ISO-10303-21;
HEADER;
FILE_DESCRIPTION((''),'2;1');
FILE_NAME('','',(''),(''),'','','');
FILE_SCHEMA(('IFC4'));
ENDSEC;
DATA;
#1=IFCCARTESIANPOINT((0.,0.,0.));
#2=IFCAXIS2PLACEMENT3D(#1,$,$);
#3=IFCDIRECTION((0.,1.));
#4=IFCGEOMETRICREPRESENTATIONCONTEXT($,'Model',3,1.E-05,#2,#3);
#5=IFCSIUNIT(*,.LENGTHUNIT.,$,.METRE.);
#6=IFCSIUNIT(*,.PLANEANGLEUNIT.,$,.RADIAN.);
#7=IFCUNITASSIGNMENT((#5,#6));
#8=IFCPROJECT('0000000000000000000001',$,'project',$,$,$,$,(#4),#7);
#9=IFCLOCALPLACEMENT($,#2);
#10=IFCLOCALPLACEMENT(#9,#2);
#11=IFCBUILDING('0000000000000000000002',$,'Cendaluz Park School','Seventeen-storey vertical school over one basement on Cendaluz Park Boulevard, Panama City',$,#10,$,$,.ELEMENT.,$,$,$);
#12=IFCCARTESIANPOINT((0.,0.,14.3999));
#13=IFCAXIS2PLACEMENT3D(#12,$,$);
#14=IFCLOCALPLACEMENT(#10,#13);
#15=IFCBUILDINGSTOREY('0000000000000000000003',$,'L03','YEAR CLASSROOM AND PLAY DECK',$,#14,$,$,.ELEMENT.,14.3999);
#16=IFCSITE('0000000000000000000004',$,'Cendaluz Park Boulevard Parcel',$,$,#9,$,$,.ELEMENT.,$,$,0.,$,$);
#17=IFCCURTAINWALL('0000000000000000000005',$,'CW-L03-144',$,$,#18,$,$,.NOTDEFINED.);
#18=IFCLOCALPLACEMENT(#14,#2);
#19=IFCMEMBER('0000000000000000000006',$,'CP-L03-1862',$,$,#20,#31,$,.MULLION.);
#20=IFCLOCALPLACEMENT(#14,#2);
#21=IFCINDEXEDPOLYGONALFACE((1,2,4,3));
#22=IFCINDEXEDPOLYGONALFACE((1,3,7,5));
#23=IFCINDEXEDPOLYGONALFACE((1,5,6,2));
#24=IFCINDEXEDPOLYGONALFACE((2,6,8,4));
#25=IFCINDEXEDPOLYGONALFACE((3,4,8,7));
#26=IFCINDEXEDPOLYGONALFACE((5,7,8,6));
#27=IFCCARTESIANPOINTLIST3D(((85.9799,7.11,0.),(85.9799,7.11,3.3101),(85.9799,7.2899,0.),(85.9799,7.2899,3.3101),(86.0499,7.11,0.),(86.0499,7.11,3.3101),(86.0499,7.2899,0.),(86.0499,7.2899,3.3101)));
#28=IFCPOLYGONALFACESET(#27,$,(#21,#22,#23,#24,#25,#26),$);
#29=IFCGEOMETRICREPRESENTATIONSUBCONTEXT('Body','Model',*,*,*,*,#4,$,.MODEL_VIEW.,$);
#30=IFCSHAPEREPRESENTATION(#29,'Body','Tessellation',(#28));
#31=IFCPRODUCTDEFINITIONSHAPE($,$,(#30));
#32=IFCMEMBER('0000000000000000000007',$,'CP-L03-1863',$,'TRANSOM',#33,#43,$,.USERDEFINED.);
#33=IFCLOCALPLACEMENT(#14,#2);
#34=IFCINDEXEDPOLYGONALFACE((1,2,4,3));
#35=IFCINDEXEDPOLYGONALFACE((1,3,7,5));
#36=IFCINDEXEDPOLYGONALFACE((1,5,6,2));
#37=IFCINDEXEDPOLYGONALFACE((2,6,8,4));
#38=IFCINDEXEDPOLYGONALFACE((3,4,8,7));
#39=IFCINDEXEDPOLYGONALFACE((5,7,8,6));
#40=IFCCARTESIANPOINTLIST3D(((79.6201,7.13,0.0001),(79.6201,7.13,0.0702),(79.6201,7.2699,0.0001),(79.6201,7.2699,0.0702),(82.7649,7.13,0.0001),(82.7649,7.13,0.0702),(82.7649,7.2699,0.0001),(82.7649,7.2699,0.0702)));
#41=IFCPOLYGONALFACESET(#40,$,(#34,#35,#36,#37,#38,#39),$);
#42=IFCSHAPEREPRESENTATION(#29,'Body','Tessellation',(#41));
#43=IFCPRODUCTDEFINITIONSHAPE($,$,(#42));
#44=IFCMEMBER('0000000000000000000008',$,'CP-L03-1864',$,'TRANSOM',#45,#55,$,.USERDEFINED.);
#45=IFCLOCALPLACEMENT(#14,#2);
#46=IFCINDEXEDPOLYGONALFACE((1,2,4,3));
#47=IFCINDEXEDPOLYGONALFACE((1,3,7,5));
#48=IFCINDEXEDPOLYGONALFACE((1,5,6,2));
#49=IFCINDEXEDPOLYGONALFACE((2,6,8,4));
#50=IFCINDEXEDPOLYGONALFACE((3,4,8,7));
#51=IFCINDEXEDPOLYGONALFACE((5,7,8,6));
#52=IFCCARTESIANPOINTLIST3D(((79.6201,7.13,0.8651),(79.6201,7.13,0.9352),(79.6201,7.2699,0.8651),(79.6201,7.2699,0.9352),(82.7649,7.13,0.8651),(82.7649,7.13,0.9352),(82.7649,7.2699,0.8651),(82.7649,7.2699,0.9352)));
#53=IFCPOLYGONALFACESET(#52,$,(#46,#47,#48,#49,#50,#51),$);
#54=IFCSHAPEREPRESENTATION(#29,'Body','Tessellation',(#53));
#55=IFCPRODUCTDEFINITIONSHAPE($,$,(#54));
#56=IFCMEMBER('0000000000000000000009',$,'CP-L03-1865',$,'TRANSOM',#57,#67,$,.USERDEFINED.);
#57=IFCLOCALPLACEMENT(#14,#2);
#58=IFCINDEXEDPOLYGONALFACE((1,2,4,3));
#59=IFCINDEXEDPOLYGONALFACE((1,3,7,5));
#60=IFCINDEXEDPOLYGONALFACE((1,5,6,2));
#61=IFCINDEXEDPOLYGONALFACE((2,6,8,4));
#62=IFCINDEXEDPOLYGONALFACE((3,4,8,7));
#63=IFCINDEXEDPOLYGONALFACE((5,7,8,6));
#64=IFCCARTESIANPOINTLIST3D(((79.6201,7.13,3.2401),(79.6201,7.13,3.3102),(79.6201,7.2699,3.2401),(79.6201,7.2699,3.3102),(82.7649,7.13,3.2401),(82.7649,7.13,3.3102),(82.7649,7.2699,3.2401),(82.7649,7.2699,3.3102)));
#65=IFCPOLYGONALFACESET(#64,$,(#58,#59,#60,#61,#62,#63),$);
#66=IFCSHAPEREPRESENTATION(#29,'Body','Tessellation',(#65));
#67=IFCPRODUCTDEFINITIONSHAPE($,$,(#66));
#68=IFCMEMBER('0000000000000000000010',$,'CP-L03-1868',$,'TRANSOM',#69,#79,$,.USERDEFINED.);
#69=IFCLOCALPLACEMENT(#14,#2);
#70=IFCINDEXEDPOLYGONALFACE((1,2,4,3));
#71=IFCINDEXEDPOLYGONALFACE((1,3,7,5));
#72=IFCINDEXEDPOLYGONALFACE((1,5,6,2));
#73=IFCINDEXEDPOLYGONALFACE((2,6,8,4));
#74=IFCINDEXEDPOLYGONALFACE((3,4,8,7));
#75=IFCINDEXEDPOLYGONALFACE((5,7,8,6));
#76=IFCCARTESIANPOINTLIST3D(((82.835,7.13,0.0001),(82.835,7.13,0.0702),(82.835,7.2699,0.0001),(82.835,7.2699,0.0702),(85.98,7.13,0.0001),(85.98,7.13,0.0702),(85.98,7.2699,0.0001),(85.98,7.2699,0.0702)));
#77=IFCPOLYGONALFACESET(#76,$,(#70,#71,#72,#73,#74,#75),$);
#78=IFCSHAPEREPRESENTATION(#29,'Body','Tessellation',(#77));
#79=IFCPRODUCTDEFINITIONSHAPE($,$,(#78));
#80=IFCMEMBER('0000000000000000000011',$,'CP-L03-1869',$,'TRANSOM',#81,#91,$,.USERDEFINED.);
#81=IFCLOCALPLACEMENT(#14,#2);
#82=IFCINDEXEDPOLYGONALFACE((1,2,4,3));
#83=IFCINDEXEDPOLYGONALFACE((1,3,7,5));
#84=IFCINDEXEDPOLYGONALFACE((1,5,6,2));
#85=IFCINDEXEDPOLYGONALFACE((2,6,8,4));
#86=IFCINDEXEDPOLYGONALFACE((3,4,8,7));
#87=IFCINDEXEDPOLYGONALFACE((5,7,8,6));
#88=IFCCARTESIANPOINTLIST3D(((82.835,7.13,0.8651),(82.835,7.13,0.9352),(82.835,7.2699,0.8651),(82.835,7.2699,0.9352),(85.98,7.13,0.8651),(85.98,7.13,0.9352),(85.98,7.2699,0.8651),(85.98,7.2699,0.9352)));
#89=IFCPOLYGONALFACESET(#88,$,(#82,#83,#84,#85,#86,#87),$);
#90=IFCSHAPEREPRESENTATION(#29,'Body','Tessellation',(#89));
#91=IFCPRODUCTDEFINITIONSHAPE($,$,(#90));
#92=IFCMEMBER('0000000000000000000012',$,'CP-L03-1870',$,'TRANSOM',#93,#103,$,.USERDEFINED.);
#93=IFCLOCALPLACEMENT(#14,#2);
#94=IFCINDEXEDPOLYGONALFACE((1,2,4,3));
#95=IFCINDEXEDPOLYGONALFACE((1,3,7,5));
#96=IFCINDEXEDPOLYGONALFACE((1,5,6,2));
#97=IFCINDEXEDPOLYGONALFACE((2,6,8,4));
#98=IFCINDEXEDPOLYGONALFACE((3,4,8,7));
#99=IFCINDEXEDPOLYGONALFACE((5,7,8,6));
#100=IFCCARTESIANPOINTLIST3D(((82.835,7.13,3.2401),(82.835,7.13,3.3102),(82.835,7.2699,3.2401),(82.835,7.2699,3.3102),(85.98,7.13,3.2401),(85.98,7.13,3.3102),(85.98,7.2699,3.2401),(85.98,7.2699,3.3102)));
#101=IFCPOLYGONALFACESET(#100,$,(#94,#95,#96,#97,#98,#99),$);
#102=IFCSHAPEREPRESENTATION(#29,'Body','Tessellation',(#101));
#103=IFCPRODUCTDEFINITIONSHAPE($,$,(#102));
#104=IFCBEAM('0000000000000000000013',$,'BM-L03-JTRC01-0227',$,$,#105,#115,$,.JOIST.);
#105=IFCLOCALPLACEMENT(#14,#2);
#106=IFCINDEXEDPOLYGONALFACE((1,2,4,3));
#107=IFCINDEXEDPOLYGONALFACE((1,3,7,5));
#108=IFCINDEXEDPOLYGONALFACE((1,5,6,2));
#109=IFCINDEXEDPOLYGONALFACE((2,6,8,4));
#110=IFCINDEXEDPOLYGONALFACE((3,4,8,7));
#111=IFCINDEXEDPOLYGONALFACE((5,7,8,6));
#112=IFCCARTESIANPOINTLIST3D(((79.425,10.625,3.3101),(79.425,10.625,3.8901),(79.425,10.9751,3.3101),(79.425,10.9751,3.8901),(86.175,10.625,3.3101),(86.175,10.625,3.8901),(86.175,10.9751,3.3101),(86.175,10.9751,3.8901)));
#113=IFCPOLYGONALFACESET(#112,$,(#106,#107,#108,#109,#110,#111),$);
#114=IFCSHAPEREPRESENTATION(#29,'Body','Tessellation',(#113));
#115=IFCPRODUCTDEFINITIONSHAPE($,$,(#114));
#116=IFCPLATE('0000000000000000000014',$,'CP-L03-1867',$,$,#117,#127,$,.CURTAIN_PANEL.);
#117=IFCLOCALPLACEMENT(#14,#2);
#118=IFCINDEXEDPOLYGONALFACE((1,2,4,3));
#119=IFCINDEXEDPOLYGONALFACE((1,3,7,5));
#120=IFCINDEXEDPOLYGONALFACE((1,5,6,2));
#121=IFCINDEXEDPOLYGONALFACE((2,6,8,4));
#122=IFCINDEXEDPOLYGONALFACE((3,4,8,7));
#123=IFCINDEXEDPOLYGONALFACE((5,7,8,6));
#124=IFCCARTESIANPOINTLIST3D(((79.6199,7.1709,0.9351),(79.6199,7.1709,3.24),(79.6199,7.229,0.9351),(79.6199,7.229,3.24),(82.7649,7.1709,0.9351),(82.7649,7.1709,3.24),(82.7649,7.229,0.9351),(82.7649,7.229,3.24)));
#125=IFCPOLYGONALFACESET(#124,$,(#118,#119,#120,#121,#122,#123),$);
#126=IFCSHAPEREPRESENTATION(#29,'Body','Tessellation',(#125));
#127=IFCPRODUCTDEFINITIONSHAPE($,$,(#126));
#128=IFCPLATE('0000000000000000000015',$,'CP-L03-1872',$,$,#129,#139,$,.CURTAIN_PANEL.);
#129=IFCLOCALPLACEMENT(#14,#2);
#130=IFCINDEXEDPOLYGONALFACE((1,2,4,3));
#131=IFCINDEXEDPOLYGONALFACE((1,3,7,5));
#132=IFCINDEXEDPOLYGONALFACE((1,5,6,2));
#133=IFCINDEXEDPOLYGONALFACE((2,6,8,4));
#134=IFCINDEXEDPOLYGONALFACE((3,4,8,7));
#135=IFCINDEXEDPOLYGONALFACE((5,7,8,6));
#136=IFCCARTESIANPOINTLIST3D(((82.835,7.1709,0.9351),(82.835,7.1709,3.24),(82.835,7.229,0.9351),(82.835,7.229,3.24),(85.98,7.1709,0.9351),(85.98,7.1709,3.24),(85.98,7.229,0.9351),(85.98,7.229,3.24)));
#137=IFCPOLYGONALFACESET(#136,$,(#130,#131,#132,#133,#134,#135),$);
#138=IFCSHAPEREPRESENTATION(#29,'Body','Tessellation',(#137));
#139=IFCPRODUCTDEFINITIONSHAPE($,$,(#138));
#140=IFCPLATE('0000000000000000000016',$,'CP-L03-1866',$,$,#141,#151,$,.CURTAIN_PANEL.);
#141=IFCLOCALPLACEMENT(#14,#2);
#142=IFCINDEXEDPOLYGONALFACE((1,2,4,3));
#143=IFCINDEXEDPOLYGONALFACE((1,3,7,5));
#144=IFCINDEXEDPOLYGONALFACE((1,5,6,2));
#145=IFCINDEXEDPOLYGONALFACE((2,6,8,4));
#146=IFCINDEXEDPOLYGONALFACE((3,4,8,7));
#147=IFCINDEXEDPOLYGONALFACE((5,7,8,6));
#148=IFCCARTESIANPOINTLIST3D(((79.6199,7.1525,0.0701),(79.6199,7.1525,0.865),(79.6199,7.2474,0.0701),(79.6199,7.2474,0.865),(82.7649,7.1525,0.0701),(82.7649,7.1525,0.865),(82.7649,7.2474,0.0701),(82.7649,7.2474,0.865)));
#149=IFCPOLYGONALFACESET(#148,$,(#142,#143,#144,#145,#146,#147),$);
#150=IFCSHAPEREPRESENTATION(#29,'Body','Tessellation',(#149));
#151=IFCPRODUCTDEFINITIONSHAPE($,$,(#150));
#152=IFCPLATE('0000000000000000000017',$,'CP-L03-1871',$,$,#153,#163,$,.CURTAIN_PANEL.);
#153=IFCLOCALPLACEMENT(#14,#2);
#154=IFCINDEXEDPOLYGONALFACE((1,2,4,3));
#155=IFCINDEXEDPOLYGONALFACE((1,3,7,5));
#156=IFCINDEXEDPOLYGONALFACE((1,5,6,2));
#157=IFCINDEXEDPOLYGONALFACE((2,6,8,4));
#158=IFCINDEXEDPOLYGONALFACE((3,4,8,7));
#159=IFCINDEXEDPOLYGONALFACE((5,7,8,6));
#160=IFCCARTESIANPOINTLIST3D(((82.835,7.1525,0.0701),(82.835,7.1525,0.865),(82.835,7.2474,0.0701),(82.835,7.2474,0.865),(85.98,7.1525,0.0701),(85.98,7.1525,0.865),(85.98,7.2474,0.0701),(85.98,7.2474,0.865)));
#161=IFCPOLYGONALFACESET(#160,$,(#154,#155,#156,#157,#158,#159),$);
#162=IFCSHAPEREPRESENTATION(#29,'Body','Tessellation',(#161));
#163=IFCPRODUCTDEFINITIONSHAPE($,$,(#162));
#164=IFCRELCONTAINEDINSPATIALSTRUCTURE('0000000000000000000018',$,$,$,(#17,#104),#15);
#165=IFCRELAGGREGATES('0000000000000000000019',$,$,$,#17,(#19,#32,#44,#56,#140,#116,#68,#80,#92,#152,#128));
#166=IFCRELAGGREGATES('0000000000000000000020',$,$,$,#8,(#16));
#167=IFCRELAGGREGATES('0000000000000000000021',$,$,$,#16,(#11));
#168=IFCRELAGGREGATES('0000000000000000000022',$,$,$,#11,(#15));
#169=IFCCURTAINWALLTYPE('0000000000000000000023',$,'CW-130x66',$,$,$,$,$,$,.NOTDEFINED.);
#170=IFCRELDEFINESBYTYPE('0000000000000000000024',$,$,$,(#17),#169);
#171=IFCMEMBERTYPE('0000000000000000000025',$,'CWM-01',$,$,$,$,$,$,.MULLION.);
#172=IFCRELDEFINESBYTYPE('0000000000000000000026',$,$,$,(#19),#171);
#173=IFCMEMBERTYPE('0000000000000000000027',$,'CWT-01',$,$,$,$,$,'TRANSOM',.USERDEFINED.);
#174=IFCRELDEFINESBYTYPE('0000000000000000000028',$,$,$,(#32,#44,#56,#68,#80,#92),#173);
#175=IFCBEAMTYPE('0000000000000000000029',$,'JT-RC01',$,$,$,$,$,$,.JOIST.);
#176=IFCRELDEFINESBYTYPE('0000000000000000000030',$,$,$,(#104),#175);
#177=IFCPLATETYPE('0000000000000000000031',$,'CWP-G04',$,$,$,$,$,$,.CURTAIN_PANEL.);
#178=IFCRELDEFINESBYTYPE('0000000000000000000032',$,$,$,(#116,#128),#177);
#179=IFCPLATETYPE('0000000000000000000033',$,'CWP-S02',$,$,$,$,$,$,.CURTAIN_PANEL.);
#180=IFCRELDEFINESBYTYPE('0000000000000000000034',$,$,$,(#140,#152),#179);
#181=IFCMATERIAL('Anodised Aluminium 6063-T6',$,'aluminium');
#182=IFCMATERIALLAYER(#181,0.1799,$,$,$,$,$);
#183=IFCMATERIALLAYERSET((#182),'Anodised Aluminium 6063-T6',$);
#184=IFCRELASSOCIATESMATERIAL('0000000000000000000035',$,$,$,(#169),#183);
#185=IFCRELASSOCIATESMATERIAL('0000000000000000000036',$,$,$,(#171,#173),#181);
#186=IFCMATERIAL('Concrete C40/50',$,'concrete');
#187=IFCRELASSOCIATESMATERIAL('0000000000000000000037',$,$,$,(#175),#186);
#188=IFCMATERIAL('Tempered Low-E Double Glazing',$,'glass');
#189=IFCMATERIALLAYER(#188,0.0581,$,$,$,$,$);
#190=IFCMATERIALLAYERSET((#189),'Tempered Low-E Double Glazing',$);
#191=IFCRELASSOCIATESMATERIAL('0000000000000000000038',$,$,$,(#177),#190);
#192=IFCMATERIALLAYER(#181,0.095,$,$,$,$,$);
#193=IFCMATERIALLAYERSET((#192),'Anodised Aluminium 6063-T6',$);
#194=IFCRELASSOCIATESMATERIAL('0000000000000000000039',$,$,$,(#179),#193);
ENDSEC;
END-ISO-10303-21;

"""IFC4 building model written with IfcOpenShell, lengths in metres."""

from ifc_helpers import new_model, si_unit, direction, frame, origin, origin_2d, place, context, subcontext, project, spatial, rectangle, extrude, material, layer, layer_set, material_profile, profile_set, type_object, element, aggregate, save


model = new_model("IFC4")

# Units and contexts
model_context = context("Model", 3, precision=1e-05, world=origin(), true_north=direction((0.0, 1.0)))
body_context = subcontext(model_context, "Body", "Model", "MODEL_VIEW")
ifc_project = project(units=[si_unit("LENGTHUNIT", "METRE"), si_unit("PLANEANGLEUNIT", "RADIAN")], contexts=[model_context])

# Site, building, storey
site_placement = place(None, origin())
site = spatial("IfcSite", under=ifc_project, at=site_placement, Name="Cendaluz Park Boulevard Parcel", CompositionType="ELEMENT", RefElevation=0.0)
building_placement = place(site_placement, origin())
building = spatial("IfcBuilding", under=site, at=building_placement, Name="Cendaluz Park School", Description="Seventeen-storey vertical school over one basement on Cendaluz Park Boulevard, Panama City", CompositionType="ELEMENT")
storey_placement = place(building_placement, frame((0.0, 0.0, 14.3999)))
storey = spatial("IfcBuildingStorey", under=building, at=storey_placement, Name="L03", Description="YEAR CLASSROOM AND PLAY DECK", CompositionType="ELEMENT", Elevation=14.3999)

# Shared definitions
ifc_material_1 = material(Name="Concrete C40/50", Category="concrete")

# Curtain wall, members
ifc_material_2 = material(Name="Anodised Aluminium 6063-T6", Category="aluminium")
ifc_layer_1 = layer(ifc_material_2, 0.1799)
ifc_layer_set_1 = layer_set([ifc_layer_1], Name="Anodised Aluminium 6063-T6")
curtain_wall_type = type_object("IfcCurtainWallType", Name="CW-130x66", PredefinedType="NOTDEFINED", material=ifc_layer_set_1)
curtain_wall_placement = place(storey_placement, origin())
curtain_wall = element("IfcCurtainWall", 1, at=curtain_wall_placement, inside=storey, type_object=curtain_wall_type, Name="CW-L03-144", PredefinedType="NOTDEFINED")
ifc_material_profile_1 = material_profile(ifc_material_2, rectangle(XDim=0.1799, YDim=0.0701, at=origin_2d()), Name="CWM 180x70", Category="aluminium")
ifc_profile_set_1 = profile_set([ifc_material_profile_1], Name="Anodised Aluminium 6063-T6")
member_type_1 = type_object("IfcMemberType", Name="CWM-01", PredefinedType="MULLION", material=ifc_profile_set_1)
member_1_placement = place(storey_placement, frame((86.0149, 7.2, 0.0), z_axis=(0.0, 0.0, 1.0), x_axis=(0.0, 1.0, 0.0)))
member_1 = element("IfcMember", 2, at=member_1_placement, type_object=member_type_1, Name="CP-L03-1862", PredefinedType="MULLION", context=body_context, shape_type="SweptSolid", body=[
    extrude(rectangle(XDim=0.1799, YDim=0.0701, at=origin_2d()), origin(), (0.0, 0.0, 1.0), 3.3101),
])
ifc_material_profile_2 = material_profile(ifc_material_2, rectangle(XDim=0.1399, YDim=0.0701, at=origin_2d()), Name="CWT 140x70", Category="aluminium")
ifc_profile_set_2 = profile_set([ifc_material_profile_2], Name="Anodised Aluminium 6063-T6")
member_type_2 = type_object("IfcMemberType", Name="CWT-01", ElementType="TRANSOM", PredefinedType="USERDEFINED", material=ifc_profile_set_2)
member_2_placement = place(storey_placement, frame((79.6201, 7.2, 0.0352), z_axis=(1.0, 0.0, 0.0), x_axis=(0.0, 1.0, 0.0)))
member_2 = element("IfcMember", 3, at=member_2_placement, type_object=member_type_2, Name="CP-L03-1863", ObjectType="TRANSOM", PredefinedType="USERDEFINED", context=body_context, shape_type="SweptSolid", body=[
    extrude(rectangle(XDim=0.1399, YDim=0.0701, at=origin_2d()), origin(), (0.0, 0.0, 1.0), 3.1448),
])
member_3_placement = place(storey_placement, frame((79.6201, 7.2, 0.9001), z_axis=(1.0, 0.0, 0.0), x_axis=(0.0, 1.0, 0.0)))
member_3 = element("IfcMember", 4, at=member_3_placement, type_object=member_type_2, Name="CP-L03-1864", ObjectType="TRANSOM", PredefinedType="USERDEFINED", context=body_context, shape_type="SweptSolid", body=[
    extrude(rectangle(XDim=0.1399, YDim=0.0701, at=origin_2d()), origin(), (0.0, 0.0, 1.0), 3.1448),
])
member_4_placement = place(storey_placement, frame((79.6201, 7.2, 3.2751), z_axis=(1.0, 0.0, 0.0), x_axis=(0.0, 1.0, 0.0)))
member_4 = element("IfcMember", 5, at=member_4_placement, type_object=member_type_2, Name="CP-L03-1865", ObjectType="TRANSOM", PredefinedType="USERDEFINED", context=body_context, shape_type="SweptSolid", body=[
    extrude(rectangle(XDim=0.1399, YDim=0.0701, at=origin_2d()), origin(), (0.0, 0.0, 1.0), 3.1448),
])
member_5_placement = place(storey_placement, frame((82.835, 7.2, 0.0352), z_axis=(1.0, 0.0, 0.0), x_axis=(0.0, 1.0, 0.0)))
member_5 = element("IfcMember", 6, at=member_5_placement, type_object=member_type_2, Name="CP-L03-1868", ObjectType="TRANSOM", PredefinedType="USERDEFINED", context=body_context, shape_type="SweptSolid", body=[
    extrude(rectangle(XDim=0.1399, YDim=0.0701, at=origin_2d()), origin(), (0.0, 0.0, 1.0), 3.145),
])
member_6_placement = place(storey_placement, frame((82.835, 7.2, 0.9001), z_axis=(1.0, 0.0, 0.0), x_axis=(0.0, 1.0, 0.0)))
member_6 = element("IfcMember", 7, at=member_6_placement, type_object=member_type_2, Name="CP-L03-1869", ObjectType="TRANSOM", PredefinedType="USERDEFINED", context=body_context, shape_type="SweptSolid", body=[
    extrude(rectangle(XDim=0.1399, YDim=0.0701, at=origin_2d()), origin(), (0.0, 0.0, 1.0), 3.145),
])
member_7_placement = place(storey_placement, frame((82.835, 7.2, 3.2751), z_axis=(1.0, 0.0, 0.0), x_axis=(0.0, 1.0, 0.0)))
member_7 = element("IfcMember", 8, at=member_7_placement, type_object=member_type_2, Name="CP-L03-1870", ObjectType="TRANSOM", PredefinedType="USERDEFINED", context=body_context, shape_type="SweptSolid", body=[
    extrude(rectangle(XDim=0.1399, YDim=0.0701, at=origin_2d()), origin(), (0.0, 0.0, 1.0), 3.145),
])

# Beam
ifc_material_profile_3 = material_profile(ifc_material_1, rectangle(XDim=0.3501, YDim=0.5801, at=origin_2d()), Name="RC 350x580", Category="concrete")
ifc_profile_set_3 = profile_set([ifc_material_profile_3], Name="Concrete C40/50")
beam_type_1 = type_object("IfcBeamType", Name="JT-RC01", PredefinedType="JOIST", material=ifc_profile_set_3)
beam_1_placement = place(storey_placement, frame((79.425, 10.8, 3.6001), z_axis=(1.0, 0.0, 0.0), x_axis=(0.0, 1.0, 0.0)))
element("IfcBeam", 9, at=beam_1_placement, inside=storey, type_object=beam_type_1, Name="BM-L03-JTRC01-0227", PredefinedType="JOIST", context=body_context, shape_type="SweptSolid", body=[
    extrude(rectangle(XDim=0.3501, YDim=0.5801, at=origin_2d()), origin(), (0.0, 0.0, 1.0), 6.75),
])

# Plates
ifc_material_3 = material(Name="Tempered Low-E Double Glazing", Category="glass")
ifc_layer_2 = layer(ifc_material_3, 0.0581)
ifc_layer_set_2 = layer_set([ifc_layer_2], Name="Tempered Low-E Double Glazing")
plate_type_1 = type_object("IfcPlateType", Name="CWP-G04", PredefinedType="CURTAIN_PANEL", material=ifc_layer_set_2)
plate_1_placement = place(storey_placement, frame((81.1924, 7.2, 0.9351), z_axis=(0.0, 0.0, 1.0), x_axis=(1.0, 0.0, 0.0)))
plate_1 = element("IfcPlate", 10, at=plate_1_placement, type_object=plate_type_1, Name="CP-L03-1867", PredefinedType="CURTAIN_PANEL", context=body_context, shape_type="SweptSolid", body=[
    extrude(rectangle(XDim=3.145, YDim=0.0581, at=origin_2d()), origin(), (0.0, 0.0, 1.0), 2.3049),
])
plate_2_placement = place(storey_placement, frame((84.4075, 7.2, 0.9351), z_axis=(0.0, 0.0, 1.0), x_axis=(1.0, 0.0, 0.0)))
plate_2 = element("IfcPlate", 11, at=plate_2_placement, type_object=plate_type_1, Name="CP-L03-1872", PredefinedType="CURTAIN_PANEL", context=body_context, shape_type="SweptSolid", body=[
    extrude(rectangle(XDim=3.145, YDim=0.0581, at=origin_2d()), origin(), (0.0, 0.0, 1.0), 2.3049),
])
ifc_layer_3 = layer(ifc_material_2, 0.095)
ifc_layer_set_3 = layer_set([ifc_layer_3], Name="Anodised Aluminium 6063-T6")
plate_type_2 = type_object("IfcPlateType", Name="CWP-S02", PredefinedType="CURTAIN_PANEL", material=ifc_layer_set_3)
plate_3_placement = place(storey_placement, frame((81.1924, 7.2, 0.0701), z_axis=(0.0, 0.0, 1.0), x_axis=(1.0, 0.0, 0.0)))
plate_3 = element("IfcPlate", 12, at=plate_3_placement, type_object=plate_type_2, Name="CP-L03-1866", PredefinedType="CURTAIN_PANEL", context=body_context, shape_type="SweptSolid", body=[
    extrude(rectangle(XDim=3.145, YDim=0.095, at=origin_2d()), origin(), (0.0, 0.0, 1.0), 0.7949),
])
plate_4_placement = place(storey_placement, frame((84.4075, 7.2, 0.0701), z_axis=(0.0, 0.0, 1.0), x_axis=(1.0, 0.0, 0.0)))
plate_4 = element("IfcPlate", 13, at=plate_4_placement, type_object=plate_type_2, Name="CP-L03-1871", PredefinedType="CURTAIN_PANEL", context=body_context, shape_type="SweptSolid", body=[
    extrude(rectangle(XDim=3.145, YDim=0.095, at=origin_2d()), origin(), (0.0, 0.0, 1.0), 0.7949),
])
aggregate(curtain_wall, [member_1, member_2, member_3, member_4, plate_3, plate_1, member_5, member_6, member_7, plate_4, plate_2])

save(model, "model.ifc")
